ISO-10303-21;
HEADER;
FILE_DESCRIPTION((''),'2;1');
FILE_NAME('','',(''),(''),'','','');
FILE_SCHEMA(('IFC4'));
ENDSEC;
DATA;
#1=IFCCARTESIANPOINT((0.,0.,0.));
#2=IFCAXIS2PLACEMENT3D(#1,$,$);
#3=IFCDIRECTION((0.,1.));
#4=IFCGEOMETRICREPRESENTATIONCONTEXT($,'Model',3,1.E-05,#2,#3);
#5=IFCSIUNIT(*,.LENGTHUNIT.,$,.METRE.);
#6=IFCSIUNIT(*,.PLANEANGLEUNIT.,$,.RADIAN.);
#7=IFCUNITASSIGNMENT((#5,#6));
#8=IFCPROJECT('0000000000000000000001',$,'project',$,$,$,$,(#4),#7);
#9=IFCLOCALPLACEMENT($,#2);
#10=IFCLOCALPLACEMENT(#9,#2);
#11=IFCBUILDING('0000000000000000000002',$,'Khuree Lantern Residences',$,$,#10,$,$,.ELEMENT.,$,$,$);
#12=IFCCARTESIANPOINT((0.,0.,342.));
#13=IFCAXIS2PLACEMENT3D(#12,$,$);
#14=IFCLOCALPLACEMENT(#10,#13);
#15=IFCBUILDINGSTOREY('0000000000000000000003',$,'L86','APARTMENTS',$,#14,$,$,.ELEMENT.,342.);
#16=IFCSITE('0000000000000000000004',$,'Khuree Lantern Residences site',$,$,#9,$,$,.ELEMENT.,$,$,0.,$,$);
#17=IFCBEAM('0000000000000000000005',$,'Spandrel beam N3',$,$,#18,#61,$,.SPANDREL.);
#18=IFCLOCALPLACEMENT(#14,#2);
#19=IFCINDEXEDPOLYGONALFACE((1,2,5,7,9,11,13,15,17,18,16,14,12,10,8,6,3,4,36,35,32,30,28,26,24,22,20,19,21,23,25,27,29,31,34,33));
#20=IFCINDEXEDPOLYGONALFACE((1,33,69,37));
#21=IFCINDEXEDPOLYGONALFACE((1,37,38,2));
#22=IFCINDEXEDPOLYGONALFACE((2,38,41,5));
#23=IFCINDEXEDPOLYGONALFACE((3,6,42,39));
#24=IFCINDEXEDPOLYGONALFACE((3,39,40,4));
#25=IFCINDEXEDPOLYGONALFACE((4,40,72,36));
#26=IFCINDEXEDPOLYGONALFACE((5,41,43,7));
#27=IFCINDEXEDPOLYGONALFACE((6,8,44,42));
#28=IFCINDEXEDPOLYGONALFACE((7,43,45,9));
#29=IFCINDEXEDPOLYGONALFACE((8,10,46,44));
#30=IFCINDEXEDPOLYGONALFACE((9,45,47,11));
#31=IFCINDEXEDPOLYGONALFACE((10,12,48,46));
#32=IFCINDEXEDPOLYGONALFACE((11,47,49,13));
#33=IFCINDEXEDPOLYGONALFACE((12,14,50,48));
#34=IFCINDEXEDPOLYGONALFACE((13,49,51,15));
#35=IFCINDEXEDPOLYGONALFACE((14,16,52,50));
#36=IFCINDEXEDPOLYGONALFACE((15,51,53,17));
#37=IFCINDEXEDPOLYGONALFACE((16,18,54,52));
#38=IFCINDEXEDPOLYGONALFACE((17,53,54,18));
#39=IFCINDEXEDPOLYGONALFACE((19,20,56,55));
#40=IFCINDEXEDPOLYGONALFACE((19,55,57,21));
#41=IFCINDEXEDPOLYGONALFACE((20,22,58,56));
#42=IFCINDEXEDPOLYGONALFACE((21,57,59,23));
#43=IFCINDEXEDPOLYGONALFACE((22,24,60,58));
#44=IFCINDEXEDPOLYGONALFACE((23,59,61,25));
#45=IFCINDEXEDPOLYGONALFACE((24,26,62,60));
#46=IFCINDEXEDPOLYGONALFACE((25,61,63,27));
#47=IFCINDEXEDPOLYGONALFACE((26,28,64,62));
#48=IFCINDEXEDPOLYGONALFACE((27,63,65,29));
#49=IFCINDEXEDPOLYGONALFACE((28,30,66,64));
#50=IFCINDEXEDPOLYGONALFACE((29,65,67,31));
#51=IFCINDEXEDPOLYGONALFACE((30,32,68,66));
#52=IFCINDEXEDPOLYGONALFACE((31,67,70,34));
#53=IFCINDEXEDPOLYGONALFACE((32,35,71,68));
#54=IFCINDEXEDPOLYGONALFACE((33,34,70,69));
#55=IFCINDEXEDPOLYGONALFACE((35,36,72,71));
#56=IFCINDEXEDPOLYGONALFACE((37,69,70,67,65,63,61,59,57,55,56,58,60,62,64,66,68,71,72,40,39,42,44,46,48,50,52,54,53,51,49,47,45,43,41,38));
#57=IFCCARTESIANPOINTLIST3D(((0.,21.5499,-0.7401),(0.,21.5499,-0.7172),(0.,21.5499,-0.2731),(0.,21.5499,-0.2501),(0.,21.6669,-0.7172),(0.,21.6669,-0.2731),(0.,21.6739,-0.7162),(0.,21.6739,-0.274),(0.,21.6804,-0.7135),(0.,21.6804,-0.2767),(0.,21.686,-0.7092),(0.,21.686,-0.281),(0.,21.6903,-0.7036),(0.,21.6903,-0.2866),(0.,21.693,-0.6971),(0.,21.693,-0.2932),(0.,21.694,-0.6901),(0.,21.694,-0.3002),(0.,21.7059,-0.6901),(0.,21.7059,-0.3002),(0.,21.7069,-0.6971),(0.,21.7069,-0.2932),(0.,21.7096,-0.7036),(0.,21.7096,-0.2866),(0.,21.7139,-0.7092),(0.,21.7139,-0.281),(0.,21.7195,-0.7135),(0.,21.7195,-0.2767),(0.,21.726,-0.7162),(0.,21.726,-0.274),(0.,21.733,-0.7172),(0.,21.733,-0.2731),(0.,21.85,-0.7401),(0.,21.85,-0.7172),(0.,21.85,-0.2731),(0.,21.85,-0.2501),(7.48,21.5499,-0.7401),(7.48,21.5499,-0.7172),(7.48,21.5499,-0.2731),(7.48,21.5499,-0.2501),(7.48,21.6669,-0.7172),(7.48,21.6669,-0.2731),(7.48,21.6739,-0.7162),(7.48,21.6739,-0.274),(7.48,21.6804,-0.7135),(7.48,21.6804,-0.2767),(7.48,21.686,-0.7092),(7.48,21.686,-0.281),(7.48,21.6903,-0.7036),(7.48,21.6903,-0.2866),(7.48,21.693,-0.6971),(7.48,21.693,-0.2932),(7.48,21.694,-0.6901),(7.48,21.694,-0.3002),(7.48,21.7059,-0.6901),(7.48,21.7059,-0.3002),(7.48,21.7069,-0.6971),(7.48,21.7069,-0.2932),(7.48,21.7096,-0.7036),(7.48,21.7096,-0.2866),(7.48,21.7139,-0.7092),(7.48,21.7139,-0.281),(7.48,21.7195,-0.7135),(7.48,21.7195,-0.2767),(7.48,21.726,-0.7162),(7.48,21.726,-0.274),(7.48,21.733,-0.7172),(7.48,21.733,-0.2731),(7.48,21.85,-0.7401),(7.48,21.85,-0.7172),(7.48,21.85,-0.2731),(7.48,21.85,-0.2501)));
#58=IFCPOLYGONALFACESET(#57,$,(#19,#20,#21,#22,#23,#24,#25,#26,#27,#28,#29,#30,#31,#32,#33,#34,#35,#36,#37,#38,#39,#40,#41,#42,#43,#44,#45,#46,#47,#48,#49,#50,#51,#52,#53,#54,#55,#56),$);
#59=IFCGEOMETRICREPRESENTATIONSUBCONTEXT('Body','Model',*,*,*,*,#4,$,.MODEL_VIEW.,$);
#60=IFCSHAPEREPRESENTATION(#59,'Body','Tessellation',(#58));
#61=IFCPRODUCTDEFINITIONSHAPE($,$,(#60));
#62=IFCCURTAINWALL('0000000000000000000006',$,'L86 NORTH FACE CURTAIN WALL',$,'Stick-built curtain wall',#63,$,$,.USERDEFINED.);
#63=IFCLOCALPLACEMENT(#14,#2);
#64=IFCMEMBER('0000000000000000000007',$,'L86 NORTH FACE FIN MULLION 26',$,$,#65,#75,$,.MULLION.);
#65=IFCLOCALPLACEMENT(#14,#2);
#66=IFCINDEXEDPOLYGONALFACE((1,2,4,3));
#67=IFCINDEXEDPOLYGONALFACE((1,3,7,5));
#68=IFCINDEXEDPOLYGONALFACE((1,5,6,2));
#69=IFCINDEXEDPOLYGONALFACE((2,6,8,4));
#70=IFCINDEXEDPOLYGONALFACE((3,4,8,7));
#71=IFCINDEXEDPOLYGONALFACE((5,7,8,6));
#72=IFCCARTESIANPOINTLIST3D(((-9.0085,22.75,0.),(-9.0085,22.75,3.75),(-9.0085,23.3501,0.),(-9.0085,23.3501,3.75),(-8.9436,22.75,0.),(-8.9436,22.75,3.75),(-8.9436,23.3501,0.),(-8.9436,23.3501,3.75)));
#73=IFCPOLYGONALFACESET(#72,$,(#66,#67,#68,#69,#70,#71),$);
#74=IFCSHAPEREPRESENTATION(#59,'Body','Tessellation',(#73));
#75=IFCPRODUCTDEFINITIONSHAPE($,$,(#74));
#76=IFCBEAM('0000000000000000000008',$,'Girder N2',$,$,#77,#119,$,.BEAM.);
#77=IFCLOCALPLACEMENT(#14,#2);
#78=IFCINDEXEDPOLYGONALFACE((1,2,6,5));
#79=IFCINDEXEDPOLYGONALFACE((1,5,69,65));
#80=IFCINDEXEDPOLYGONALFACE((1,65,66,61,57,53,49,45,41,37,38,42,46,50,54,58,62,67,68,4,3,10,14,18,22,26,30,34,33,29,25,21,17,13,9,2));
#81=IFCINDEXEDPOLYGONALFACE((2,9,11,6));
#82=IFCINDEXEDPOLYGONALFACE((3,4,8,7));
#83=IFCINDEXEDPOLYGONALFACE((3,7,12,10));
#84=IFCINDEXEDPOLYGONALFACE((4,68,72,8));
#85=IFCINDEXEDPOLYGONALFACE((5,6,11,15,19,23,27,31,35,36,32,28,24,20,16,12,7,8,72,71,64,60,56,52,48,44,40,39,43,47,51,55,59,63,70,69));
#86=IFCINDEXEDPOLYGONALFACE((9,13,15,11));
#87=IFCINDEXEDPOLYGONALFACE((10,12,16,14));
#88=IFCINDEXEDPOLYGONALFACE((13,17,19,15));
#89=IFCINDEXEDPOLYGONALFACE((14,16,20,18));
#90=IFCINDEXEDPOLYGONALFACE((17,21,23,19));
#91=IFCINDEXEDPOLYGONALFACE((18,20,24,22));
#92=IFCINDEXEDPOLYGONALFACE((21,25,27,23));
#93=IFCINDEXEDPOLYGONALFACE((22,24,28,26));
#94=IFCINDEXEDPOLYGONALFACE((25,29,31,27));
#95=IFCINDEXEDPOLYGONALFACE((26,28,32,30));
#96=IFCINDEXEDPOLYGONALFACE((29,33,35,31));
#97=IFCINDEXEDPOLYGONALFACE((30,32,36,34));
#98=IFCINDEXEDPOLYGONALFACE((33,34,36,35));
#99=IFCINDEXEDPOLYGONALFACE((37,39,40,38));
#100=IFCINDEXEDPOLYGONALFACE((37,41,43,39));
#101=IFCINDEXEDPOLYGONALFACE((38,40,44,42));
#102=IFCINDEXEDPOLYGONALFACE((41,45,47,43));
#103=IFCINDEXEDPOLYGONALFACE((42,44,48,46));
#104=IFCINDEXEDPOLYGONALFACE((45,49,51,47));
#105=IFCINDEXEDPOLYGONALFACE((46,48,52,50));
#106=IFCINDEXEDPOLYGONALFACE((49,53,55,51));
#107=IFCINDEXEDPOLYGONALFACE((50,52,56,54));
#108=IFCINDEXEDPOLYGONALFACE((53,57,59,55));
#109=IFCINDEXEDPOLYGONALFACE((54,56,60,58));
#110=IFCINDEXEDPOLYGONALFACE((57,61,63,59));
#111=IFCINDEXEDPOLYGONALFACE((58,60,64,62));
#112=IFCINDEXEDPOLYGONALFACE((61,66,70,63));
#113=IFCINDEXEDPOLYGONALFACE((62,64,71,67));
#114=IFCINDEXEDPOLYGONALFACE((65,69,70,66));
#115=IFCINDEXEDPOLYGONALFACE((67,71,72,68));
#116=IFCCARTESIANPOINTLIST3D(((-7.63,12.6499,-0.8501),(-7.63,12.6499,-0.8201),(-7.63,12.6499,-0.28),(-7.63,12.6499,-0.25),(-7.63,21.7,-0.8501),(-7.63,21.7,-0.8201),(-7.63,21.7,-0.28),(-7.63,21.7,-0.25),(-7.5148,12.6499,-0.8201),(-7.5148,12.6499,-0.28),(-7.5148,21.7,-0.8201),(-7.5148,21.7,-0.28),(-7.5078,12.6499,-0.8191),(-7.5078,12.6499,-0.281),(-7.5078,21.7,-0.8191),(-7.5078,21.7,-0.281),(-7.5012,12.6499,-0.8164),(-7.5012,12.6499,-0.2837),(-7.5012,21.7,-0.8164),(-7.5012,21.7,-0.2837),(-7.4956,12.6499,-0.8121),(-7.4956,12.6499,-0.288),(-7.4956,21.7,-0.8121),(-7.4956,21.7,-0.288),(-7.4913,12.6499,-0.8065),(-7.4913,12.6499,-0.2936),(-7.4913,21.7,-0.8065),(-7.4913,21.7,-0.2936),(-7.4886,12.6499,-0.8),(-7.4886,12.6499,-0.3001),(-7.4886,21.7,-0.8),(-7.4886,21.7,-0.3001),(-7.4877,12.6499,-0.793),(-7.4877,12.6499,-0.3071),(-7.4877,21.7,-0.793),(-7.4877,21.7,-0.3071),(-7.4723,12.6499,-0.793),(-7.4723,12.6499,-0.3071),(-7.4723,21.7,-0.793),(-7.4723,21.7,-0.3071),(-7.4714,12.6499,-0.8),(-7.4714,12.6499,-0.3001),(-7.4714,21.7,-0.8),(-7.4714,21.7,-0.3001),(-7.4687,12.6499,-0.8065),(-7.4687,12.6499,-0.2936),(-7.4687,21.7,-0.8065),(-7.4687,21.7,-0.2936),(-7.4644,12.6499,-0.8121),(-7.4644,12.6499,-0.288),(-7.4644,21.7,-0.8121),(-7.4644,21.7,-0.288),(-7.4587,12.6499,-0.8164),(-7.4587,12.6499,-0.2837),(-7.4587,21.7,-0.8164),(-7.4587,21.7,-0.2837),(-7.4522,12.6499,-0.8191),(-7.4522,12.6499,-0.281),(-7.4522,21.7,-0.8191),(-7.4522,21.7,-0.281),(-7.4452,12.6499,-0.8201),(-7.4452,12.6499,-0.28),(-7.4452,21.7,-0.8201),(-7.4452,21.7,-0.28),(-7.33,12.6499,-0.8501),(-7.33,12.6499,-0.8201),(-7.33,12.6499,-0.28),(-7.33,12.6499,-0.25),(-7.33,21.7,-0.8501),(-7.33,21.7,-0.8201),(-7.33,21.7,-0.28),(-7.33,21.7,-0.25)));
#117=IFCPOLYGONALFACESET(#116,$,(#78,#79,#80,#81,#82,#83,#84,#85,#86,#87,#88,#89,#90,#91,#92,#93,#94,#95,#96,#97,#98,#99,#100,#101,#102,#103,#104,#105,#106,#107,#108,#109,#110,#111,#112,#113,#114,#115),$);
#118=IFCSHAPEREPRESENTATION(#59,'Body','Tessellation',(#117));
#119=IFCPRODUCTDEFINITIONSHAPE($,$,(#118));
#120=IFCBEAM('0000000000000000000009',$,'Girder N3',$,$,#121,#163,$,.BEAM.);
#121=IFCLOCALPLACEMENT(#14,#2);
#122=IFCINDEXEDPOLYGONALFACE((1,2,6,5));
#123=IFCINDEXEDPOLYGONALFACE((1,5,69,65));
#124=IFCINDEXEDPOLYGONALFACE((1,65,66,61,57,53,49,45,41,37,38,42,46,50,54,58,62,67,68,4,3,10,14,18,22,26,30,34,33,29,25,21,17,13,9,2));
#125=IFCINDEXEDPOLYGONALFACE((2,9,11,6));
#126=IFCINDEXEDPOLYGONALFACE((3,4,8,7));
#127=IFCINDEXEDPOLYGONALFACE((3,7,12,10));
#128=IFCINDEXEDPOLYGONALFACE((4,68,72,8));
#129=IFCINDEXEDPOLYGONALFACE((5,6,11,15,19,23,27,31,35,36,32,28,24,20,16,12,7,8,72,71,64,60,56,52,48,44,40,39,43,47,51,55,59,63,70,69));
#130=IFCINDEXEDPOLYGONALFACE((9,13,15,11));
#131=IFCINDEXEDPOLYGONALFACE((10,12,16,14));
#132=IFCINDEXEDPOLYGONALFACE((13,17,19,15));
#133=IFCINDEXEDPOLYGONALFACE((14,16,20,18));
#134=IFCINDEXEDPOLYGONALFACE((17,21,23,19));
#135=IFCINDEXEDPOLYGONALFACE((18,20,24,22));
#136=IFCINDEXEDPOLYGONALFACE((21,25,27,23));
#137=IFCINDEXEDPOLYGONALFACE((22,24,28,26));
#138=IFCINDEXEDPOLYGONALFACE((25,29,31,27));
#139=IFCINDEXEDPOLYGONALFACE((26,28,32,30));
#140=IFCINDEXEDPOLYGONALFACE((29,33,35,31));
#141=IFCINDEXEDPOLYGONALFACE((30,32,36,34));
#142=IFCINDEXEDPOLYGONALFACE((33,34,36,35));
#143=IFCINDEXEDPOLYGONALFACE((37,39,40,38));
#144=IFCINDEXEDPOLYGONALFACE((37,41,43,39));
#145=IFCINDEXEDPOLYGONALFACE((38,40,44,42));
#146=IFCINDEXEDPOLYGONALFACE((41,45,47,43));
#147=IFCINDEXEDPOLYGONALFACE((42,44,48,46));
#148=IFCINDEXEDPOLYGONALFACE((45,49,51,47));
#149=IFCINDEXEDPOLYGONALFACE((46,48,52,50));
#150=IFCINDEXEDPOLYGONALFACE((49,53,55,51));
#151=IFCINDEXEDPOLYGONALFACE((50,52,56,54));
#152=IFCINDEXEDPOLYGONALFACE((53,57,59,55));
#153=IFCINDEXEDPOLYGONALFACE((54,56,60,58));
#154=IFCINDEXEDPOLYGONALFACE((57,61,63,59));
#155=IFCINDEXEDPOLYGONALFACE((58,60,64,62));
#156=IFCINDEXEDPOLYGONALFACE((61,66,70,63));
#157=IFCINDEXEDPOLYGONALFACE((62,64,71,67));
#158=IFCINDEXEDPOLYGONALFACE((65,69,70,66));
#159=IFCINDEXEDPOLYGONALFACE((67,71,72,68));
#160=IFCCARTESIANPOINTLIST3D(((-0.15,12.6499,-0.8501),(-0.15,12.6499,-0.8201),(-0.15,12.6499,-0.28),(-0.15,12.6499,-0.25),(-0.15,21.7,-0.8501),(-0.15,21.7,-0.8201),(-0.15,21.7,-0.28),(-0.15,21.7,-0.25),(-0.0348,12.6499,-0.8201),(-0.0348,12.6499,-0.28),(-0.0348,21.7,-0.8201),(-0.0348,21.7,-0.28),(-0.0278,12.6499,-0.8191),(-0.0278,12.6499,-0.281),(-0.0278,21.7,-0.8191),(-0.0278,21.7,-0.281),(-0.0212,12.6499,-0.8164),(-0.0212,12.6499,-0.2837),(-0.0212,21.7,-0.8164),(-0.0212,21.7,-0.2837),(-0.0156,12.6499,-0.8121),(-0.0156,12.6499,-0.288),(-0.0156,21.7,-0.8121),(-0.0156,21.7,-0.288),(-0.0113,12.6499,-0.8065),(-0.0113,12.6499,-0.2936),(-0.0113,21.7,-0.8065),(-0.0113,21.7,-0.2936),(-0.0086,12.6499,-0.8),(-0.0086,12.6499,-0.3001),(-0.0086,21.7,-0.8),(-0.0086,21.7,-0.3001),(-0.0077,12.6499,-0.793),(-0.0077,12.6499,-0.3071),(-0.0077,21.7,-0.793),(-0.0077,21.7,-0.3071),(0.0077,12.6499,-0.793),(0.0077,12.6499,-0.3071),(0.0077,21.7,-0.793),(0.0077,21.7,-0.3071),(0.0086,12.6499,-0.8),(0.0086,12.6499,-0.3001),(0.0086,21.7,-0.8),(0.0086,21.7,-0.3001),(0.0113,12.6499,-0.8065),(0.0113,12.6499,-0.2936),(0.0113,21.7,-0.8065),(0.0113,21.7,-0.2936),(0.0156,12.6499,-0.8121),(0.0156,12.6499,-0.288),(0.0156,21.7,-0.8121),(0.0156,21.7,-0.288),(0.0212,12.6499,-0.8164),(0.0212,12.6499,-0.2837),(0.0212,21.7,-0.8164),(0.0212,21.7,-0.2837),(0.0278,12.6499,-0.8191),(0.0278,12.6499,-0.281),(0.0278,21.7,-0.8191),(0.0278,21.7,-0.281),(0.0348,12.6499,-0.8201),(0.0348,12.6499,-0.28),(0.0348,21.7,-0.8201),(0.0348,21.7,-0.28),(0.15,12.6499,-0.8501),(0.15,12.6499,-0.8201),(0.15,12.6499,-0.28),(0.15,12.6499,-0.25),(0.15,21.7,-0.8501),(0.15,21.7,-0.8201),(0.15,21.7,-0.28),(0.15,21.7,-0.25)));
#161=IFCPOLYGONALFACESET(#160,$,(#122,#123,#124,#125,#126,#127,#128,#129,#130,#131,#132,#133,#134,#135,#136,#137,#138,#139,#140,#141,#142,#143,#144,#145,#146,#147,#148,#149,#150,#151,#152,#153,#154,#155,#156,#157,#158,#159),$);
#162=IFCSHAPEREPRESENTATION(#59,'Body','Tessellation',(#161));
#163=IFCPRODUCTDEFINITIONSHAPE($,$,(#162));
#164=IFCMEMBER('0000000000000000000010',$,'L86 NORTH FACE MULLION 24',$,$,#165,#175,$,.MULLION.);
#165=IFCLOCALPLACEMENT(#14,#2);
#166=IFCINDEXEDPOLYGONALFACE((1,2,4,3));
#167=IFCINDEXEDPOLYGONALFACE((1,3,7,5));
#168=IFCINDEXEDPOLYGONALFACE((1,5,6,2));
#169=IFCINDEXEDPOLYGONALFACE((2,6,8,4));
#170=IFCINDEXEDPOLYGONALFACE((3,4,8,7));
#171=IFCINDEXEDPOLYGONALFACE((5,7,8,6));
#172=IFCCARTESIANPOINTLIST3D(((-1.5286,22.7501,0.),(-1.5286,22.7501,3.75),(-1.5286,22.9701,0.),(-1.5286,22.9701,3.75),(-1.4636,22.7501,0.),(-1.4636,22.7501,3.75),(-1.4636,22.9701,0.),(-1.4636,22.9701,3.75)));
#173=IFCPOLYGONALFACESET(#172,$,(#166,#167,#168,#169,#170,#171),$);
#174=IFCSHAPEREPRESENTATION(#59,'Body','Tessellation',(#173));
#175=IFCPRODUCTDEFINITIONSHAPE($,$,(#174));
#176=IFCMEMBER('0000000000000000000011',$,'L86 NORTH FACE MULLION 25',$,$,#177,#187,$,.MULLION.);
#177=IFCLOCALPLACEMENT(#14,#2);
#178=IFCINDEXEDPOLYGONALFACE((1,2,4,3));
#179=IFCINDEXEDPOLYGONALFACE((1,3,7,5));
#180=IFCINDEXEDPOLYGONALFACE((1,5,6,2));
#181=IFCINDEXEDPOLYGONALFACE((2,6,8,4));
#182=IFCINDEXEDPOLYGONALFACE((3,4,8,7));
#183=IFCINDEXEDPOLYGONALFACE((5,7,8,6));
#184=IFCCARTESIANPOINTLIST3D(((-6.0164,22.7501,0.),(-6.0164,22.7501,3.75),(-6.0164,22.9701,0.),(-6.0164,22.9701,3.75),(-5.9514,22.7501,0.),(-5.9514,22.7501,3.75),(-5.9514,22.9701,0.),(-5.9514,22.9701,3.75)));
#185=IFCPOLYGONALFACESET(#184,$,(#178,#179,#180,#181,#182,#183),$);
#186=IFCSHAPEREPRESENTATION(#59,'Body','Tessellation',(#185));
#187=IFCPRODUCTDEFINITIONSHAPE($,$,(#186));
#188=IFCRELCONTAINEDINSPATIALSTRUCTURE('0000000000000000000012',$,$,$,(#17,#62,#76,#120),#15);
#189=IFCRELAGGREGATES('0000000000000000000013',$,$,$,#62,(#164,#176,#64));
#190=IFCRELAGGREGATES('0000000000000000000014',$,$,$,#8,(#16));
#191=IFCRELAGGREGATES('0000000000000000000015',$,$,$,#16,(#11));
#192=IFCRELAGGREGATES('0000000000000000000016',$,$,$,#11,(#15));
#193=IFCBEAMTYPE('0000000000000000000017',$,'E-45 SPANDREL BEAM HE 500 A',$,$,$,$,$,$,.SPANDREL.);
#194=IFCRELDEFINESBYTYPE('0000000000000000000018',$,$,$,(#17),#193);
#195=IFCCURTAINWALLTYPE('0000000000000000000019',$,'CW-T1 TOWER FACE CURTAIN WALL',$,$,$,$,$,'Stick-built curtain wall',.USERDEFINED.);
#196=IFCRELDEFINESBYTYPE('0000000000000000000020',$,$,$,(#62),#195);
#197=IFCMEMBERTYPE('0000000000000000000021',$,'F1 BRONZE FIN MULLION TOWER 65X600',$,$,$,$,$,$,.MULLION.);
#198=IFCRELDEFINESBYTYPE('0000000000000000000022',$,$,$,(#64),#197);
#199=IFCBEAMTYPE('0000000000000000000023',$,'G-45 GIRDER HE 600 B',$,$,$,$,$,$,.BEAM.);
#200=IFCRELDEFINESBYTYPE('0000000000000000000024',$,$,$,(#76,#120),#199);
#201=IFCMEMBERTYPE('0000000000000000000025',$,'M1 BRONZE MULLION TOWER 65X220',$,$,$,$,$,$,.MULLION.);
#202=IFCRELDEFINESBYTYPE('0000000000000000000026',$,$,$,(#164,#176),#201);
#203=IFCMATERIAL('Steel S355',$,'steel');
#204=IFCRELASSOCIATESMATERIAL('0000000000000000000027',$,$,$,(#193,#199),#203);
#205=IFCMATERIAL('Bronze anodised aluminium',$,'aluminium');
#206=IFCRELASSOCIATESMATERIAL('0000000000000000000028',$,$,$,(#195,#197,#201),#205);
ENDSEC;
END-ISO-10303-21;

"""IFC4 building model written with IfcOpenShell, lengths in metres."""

from ifc_helpers import new_model, si_unit, direction, frame, origin, origin_2d, place, context, subcontext, project, spatial, rectangle, i_section, extrude, material, material_profile, profile_set, type_object, element, aggregate, save


model = new_model("IFC4")

# Units and contexts
model_context = context("Model", 3, precision=1e-05, world=origin(), true_north=direction((0.0, 1.0)))
body_context = subcontext(model_context, "Body", "Model", "MODEL_VIEW")
ifc_project = project(units=[si_unit("LENGTHUNIT", "METRE"), si_unit("PLANEANGLEUNIT", "RADIAN")], contexts=[model_context])

# Site, building, storey
site_placement = place(None, origin())
site = spatial("IfcSite", under=ifc_project, at=site_placement, Name="Khuree Lantern Residences site", CompositionType="ELEMENT", RefElevation=0.0)
building_placement = place(site_placement, origin())
building = spatial("IfcBuilding", under=site, at=building_placement, Name="Khuree Lantern Residences", CompositionType="ELEMENT")
storey_placement = place(building_placement, frame((0.0, 0.0, 342.0)))
storey = spatial("IfcBuildingStorey", under=building, at=storey_placement, Name="L86", Description="APARTMENTS", CompositionType="ELEMENT", Elevation=342.0)

# Beam
ifc_material_1 = material(Name="Steel S355", Category="steel")
ifc_material_profile_1 = material_profile(ifc_material_1, i_section(OverallWidth=0.3, OverallDepth=0.49, WebThickness=0.012, FlangeThickness=0.0229, FilletRadius=0.0271, at=origin_2d()), Name="HE 500 A")
ifc_profile_set_1 = profile_set([ifc_material_profile_1], Name="Steel S355")
beam_type_1 = type_object("IfcBeamType", Name="E-45 SPANDREL BEAM HE 500 A", PredefinedType="SPANDREL", material=ifc_profile_set_1)
for number, where, z_axis, x_axis, name in (
    (1, (0.0, 21.7, -0.4951), (1.0, 0.0, 0.0), (0.0, 1.0, 0.0), "Spandrel beam N3"),
):
    element("IfcBeam", number, at=place(storey_placement, frame(where, z_axis=z_axis, x_axis=x_axis)), inside=storey, type_object=beam_type_1, Name=name, PredefinedType="SPANDREL", context=body_context, shape_type="SweptSolid", body=[
        extrude(i_section(OverallWidth=0.3, OverallDepth=0.49, WebThickness=0.012, FlangeThickness=0.0229, FilletRadius=0.0271, at=origin_2d()), origin(), (0.0, 0.0, 1.0), 7.48),
    ])

# Curtain wall, member
ifc_material_2 = material(Name="Bronze anodised aluminium", Category="aluminium")
curtain_wall_type = type_object("IfcCurtainWallType", Name="CW-T1 TOWER FACE CURTAIN WALL", ElementType="Stick-built curtain wall", PredefinedType="USERDEFINED", material=ifc_material_2)
curtain_wall_placement = place(storey_placement, origin())
curtain_wall = element("IfcCurtainWall", 2, at=curtain_wall_placement, inside=storey, type_object=curtain_wall_type, Name="L86 NORTH FACE CURTAIN WALL", ObjectType="Stick-built curtain wall", PredefinedType="USERDEFINED")
ifc_material_profile_2 = material_profile(ifc_material_2, rectangle(XDim=0.0649, YDim=0.6001, at=origin_2d()), Name="F1 65X600")
ifc_profile_set_2 = profile_set([ifc_material_profile_2], Name="Bronze anodised aluminium")
member_type_1 = type_object("IfcMemberType", Name="F1 BRONZE FIN MULLION TOWER 65X600", PredefinedType="MULLION", material=ifc_profile_set_2)
member_1_placement = place(storey_placement, frame((-8.9761, 23.05, 0.0), z_axis=(0.0, 0.0, 1.0), x_axis=(-1.0, 0.0, 0.0)))
member_1 = element("IfcMember", 3, at=member_1_placement, type_object=member_type_1, Name="L86 NORTH FACE FIN MULLION 26", PredefinedType="MULLION", context=body_context, shape_type="SweptSolid", body=[
    extrude(rectangle(XDim=0.0649, YDim=0.6001, at=origin_2d()), origin(), (0.0, 0.0, 1.0), 3.75),
])

# Beams
ifc_material_profile_3 = material_profile(ifc_material_1, i_section(OverallWidth=0.3, OverallDepth=0.6001, WebThickness=0.0154, FlangeThickness=0.03, FilletRadius=0.0271, at=origin_2d()), Name="HE 600 B")
ifc_profile_set_3 = profile_set([ifc_material_profile_3], Name="Steel S355")
beam_type_2 = type_object("IfcBeamType", Name="G-45 GIRDER HE 600 B", PredefinedType="BEAM", material=ifc_profile_set_3)
for number, where, z_axis, x_axis, name in (
    (4, (-7.48, 21.7, -0.55), (0.0, -1.0, 0.0), (1.0, 0.0, 0.0), "Girder N2"),
    (5, (0.0, 21.7, -0.55), (0.0, -1.0, 0.0), (1.0, 0.0, 0.0), "Girder N3"),
):
    element("IfcBeam", number, at=place(storey_placement, frame(where, z_axis=z_axis, x_axis=x_axis)), inside=storey, type_object=beam_type_2, Name=name, PredefinedType="BEAM", context=body_context, shape_type="SweptSolid", body=[
        extrude(i_section(OverallWidth=0.3, OverallDepth=0.6001, WebThickness=0.0154, FlangeThickness=0.03, FilletRadius=0.0271, at=origin_2d()), origin(), (0.0, 0.0, 1.0), 9.05),
    ])

# Members
ifc_material_profile_4 = material_profile(ifc_material_2, rectangle(XDim=0.0649, YDim=0.22, at=origin_2d()), Name="M1 65X220")
ifc_profile_set_4 = profile_set([ifc_material_profile_4], Name="Bronze anodised aluminium")
member_type_2 = type_object("IfcMemberType", Name="M1 BRONZE MULLION TOWER 65X220", PredefinedType="MULLION", material=ifc_profile_set_4)
member_2_placement = place(storey_placement, frame((-1.4961, 22.8601, 0.0), z_axis=(0.0, 0.0, 1.0), x_axis=(-1.0, 0.0, 0.0)))
member_2 = element("IfcMember", 6, at=member_2_placement, type_object=member_type_2, Name="L86 NORTH FACE MULLION 24", PredefinedType="MULLION", context=body_context, shape_type="SweptSolid", body=[
    extrude(rectangle(XDim=0.0649, YDim=0.22, at=origin_2d()), origin(), (0.0, 0.0, 1.0), 3.75),
])
member_3_placement = place(storey_placement, frame((-5.9839, 22.8601, 0.0), z_axis=(0.0, 0.0, 1.0), x_axis=(-1.0, 0.0, 0.0)))
member_3 = element("IfcMember", 7, at=member_3_placement, type_object=member_type_2, Name="L86 NORTH FACE MULLION 25", PredefinedType="MULLION", context=body_context, shape_type="SweptSolid", body=[
    extrude(rectangle(XDim=0.0649, YDim=0.22, at=origin_2d()), origin(), (0.0, 0.0, 1.0), 3.75),
])

aggregate(curtain_wall, [member_2, member_3, member_1])

save(model, "model.ifc")
